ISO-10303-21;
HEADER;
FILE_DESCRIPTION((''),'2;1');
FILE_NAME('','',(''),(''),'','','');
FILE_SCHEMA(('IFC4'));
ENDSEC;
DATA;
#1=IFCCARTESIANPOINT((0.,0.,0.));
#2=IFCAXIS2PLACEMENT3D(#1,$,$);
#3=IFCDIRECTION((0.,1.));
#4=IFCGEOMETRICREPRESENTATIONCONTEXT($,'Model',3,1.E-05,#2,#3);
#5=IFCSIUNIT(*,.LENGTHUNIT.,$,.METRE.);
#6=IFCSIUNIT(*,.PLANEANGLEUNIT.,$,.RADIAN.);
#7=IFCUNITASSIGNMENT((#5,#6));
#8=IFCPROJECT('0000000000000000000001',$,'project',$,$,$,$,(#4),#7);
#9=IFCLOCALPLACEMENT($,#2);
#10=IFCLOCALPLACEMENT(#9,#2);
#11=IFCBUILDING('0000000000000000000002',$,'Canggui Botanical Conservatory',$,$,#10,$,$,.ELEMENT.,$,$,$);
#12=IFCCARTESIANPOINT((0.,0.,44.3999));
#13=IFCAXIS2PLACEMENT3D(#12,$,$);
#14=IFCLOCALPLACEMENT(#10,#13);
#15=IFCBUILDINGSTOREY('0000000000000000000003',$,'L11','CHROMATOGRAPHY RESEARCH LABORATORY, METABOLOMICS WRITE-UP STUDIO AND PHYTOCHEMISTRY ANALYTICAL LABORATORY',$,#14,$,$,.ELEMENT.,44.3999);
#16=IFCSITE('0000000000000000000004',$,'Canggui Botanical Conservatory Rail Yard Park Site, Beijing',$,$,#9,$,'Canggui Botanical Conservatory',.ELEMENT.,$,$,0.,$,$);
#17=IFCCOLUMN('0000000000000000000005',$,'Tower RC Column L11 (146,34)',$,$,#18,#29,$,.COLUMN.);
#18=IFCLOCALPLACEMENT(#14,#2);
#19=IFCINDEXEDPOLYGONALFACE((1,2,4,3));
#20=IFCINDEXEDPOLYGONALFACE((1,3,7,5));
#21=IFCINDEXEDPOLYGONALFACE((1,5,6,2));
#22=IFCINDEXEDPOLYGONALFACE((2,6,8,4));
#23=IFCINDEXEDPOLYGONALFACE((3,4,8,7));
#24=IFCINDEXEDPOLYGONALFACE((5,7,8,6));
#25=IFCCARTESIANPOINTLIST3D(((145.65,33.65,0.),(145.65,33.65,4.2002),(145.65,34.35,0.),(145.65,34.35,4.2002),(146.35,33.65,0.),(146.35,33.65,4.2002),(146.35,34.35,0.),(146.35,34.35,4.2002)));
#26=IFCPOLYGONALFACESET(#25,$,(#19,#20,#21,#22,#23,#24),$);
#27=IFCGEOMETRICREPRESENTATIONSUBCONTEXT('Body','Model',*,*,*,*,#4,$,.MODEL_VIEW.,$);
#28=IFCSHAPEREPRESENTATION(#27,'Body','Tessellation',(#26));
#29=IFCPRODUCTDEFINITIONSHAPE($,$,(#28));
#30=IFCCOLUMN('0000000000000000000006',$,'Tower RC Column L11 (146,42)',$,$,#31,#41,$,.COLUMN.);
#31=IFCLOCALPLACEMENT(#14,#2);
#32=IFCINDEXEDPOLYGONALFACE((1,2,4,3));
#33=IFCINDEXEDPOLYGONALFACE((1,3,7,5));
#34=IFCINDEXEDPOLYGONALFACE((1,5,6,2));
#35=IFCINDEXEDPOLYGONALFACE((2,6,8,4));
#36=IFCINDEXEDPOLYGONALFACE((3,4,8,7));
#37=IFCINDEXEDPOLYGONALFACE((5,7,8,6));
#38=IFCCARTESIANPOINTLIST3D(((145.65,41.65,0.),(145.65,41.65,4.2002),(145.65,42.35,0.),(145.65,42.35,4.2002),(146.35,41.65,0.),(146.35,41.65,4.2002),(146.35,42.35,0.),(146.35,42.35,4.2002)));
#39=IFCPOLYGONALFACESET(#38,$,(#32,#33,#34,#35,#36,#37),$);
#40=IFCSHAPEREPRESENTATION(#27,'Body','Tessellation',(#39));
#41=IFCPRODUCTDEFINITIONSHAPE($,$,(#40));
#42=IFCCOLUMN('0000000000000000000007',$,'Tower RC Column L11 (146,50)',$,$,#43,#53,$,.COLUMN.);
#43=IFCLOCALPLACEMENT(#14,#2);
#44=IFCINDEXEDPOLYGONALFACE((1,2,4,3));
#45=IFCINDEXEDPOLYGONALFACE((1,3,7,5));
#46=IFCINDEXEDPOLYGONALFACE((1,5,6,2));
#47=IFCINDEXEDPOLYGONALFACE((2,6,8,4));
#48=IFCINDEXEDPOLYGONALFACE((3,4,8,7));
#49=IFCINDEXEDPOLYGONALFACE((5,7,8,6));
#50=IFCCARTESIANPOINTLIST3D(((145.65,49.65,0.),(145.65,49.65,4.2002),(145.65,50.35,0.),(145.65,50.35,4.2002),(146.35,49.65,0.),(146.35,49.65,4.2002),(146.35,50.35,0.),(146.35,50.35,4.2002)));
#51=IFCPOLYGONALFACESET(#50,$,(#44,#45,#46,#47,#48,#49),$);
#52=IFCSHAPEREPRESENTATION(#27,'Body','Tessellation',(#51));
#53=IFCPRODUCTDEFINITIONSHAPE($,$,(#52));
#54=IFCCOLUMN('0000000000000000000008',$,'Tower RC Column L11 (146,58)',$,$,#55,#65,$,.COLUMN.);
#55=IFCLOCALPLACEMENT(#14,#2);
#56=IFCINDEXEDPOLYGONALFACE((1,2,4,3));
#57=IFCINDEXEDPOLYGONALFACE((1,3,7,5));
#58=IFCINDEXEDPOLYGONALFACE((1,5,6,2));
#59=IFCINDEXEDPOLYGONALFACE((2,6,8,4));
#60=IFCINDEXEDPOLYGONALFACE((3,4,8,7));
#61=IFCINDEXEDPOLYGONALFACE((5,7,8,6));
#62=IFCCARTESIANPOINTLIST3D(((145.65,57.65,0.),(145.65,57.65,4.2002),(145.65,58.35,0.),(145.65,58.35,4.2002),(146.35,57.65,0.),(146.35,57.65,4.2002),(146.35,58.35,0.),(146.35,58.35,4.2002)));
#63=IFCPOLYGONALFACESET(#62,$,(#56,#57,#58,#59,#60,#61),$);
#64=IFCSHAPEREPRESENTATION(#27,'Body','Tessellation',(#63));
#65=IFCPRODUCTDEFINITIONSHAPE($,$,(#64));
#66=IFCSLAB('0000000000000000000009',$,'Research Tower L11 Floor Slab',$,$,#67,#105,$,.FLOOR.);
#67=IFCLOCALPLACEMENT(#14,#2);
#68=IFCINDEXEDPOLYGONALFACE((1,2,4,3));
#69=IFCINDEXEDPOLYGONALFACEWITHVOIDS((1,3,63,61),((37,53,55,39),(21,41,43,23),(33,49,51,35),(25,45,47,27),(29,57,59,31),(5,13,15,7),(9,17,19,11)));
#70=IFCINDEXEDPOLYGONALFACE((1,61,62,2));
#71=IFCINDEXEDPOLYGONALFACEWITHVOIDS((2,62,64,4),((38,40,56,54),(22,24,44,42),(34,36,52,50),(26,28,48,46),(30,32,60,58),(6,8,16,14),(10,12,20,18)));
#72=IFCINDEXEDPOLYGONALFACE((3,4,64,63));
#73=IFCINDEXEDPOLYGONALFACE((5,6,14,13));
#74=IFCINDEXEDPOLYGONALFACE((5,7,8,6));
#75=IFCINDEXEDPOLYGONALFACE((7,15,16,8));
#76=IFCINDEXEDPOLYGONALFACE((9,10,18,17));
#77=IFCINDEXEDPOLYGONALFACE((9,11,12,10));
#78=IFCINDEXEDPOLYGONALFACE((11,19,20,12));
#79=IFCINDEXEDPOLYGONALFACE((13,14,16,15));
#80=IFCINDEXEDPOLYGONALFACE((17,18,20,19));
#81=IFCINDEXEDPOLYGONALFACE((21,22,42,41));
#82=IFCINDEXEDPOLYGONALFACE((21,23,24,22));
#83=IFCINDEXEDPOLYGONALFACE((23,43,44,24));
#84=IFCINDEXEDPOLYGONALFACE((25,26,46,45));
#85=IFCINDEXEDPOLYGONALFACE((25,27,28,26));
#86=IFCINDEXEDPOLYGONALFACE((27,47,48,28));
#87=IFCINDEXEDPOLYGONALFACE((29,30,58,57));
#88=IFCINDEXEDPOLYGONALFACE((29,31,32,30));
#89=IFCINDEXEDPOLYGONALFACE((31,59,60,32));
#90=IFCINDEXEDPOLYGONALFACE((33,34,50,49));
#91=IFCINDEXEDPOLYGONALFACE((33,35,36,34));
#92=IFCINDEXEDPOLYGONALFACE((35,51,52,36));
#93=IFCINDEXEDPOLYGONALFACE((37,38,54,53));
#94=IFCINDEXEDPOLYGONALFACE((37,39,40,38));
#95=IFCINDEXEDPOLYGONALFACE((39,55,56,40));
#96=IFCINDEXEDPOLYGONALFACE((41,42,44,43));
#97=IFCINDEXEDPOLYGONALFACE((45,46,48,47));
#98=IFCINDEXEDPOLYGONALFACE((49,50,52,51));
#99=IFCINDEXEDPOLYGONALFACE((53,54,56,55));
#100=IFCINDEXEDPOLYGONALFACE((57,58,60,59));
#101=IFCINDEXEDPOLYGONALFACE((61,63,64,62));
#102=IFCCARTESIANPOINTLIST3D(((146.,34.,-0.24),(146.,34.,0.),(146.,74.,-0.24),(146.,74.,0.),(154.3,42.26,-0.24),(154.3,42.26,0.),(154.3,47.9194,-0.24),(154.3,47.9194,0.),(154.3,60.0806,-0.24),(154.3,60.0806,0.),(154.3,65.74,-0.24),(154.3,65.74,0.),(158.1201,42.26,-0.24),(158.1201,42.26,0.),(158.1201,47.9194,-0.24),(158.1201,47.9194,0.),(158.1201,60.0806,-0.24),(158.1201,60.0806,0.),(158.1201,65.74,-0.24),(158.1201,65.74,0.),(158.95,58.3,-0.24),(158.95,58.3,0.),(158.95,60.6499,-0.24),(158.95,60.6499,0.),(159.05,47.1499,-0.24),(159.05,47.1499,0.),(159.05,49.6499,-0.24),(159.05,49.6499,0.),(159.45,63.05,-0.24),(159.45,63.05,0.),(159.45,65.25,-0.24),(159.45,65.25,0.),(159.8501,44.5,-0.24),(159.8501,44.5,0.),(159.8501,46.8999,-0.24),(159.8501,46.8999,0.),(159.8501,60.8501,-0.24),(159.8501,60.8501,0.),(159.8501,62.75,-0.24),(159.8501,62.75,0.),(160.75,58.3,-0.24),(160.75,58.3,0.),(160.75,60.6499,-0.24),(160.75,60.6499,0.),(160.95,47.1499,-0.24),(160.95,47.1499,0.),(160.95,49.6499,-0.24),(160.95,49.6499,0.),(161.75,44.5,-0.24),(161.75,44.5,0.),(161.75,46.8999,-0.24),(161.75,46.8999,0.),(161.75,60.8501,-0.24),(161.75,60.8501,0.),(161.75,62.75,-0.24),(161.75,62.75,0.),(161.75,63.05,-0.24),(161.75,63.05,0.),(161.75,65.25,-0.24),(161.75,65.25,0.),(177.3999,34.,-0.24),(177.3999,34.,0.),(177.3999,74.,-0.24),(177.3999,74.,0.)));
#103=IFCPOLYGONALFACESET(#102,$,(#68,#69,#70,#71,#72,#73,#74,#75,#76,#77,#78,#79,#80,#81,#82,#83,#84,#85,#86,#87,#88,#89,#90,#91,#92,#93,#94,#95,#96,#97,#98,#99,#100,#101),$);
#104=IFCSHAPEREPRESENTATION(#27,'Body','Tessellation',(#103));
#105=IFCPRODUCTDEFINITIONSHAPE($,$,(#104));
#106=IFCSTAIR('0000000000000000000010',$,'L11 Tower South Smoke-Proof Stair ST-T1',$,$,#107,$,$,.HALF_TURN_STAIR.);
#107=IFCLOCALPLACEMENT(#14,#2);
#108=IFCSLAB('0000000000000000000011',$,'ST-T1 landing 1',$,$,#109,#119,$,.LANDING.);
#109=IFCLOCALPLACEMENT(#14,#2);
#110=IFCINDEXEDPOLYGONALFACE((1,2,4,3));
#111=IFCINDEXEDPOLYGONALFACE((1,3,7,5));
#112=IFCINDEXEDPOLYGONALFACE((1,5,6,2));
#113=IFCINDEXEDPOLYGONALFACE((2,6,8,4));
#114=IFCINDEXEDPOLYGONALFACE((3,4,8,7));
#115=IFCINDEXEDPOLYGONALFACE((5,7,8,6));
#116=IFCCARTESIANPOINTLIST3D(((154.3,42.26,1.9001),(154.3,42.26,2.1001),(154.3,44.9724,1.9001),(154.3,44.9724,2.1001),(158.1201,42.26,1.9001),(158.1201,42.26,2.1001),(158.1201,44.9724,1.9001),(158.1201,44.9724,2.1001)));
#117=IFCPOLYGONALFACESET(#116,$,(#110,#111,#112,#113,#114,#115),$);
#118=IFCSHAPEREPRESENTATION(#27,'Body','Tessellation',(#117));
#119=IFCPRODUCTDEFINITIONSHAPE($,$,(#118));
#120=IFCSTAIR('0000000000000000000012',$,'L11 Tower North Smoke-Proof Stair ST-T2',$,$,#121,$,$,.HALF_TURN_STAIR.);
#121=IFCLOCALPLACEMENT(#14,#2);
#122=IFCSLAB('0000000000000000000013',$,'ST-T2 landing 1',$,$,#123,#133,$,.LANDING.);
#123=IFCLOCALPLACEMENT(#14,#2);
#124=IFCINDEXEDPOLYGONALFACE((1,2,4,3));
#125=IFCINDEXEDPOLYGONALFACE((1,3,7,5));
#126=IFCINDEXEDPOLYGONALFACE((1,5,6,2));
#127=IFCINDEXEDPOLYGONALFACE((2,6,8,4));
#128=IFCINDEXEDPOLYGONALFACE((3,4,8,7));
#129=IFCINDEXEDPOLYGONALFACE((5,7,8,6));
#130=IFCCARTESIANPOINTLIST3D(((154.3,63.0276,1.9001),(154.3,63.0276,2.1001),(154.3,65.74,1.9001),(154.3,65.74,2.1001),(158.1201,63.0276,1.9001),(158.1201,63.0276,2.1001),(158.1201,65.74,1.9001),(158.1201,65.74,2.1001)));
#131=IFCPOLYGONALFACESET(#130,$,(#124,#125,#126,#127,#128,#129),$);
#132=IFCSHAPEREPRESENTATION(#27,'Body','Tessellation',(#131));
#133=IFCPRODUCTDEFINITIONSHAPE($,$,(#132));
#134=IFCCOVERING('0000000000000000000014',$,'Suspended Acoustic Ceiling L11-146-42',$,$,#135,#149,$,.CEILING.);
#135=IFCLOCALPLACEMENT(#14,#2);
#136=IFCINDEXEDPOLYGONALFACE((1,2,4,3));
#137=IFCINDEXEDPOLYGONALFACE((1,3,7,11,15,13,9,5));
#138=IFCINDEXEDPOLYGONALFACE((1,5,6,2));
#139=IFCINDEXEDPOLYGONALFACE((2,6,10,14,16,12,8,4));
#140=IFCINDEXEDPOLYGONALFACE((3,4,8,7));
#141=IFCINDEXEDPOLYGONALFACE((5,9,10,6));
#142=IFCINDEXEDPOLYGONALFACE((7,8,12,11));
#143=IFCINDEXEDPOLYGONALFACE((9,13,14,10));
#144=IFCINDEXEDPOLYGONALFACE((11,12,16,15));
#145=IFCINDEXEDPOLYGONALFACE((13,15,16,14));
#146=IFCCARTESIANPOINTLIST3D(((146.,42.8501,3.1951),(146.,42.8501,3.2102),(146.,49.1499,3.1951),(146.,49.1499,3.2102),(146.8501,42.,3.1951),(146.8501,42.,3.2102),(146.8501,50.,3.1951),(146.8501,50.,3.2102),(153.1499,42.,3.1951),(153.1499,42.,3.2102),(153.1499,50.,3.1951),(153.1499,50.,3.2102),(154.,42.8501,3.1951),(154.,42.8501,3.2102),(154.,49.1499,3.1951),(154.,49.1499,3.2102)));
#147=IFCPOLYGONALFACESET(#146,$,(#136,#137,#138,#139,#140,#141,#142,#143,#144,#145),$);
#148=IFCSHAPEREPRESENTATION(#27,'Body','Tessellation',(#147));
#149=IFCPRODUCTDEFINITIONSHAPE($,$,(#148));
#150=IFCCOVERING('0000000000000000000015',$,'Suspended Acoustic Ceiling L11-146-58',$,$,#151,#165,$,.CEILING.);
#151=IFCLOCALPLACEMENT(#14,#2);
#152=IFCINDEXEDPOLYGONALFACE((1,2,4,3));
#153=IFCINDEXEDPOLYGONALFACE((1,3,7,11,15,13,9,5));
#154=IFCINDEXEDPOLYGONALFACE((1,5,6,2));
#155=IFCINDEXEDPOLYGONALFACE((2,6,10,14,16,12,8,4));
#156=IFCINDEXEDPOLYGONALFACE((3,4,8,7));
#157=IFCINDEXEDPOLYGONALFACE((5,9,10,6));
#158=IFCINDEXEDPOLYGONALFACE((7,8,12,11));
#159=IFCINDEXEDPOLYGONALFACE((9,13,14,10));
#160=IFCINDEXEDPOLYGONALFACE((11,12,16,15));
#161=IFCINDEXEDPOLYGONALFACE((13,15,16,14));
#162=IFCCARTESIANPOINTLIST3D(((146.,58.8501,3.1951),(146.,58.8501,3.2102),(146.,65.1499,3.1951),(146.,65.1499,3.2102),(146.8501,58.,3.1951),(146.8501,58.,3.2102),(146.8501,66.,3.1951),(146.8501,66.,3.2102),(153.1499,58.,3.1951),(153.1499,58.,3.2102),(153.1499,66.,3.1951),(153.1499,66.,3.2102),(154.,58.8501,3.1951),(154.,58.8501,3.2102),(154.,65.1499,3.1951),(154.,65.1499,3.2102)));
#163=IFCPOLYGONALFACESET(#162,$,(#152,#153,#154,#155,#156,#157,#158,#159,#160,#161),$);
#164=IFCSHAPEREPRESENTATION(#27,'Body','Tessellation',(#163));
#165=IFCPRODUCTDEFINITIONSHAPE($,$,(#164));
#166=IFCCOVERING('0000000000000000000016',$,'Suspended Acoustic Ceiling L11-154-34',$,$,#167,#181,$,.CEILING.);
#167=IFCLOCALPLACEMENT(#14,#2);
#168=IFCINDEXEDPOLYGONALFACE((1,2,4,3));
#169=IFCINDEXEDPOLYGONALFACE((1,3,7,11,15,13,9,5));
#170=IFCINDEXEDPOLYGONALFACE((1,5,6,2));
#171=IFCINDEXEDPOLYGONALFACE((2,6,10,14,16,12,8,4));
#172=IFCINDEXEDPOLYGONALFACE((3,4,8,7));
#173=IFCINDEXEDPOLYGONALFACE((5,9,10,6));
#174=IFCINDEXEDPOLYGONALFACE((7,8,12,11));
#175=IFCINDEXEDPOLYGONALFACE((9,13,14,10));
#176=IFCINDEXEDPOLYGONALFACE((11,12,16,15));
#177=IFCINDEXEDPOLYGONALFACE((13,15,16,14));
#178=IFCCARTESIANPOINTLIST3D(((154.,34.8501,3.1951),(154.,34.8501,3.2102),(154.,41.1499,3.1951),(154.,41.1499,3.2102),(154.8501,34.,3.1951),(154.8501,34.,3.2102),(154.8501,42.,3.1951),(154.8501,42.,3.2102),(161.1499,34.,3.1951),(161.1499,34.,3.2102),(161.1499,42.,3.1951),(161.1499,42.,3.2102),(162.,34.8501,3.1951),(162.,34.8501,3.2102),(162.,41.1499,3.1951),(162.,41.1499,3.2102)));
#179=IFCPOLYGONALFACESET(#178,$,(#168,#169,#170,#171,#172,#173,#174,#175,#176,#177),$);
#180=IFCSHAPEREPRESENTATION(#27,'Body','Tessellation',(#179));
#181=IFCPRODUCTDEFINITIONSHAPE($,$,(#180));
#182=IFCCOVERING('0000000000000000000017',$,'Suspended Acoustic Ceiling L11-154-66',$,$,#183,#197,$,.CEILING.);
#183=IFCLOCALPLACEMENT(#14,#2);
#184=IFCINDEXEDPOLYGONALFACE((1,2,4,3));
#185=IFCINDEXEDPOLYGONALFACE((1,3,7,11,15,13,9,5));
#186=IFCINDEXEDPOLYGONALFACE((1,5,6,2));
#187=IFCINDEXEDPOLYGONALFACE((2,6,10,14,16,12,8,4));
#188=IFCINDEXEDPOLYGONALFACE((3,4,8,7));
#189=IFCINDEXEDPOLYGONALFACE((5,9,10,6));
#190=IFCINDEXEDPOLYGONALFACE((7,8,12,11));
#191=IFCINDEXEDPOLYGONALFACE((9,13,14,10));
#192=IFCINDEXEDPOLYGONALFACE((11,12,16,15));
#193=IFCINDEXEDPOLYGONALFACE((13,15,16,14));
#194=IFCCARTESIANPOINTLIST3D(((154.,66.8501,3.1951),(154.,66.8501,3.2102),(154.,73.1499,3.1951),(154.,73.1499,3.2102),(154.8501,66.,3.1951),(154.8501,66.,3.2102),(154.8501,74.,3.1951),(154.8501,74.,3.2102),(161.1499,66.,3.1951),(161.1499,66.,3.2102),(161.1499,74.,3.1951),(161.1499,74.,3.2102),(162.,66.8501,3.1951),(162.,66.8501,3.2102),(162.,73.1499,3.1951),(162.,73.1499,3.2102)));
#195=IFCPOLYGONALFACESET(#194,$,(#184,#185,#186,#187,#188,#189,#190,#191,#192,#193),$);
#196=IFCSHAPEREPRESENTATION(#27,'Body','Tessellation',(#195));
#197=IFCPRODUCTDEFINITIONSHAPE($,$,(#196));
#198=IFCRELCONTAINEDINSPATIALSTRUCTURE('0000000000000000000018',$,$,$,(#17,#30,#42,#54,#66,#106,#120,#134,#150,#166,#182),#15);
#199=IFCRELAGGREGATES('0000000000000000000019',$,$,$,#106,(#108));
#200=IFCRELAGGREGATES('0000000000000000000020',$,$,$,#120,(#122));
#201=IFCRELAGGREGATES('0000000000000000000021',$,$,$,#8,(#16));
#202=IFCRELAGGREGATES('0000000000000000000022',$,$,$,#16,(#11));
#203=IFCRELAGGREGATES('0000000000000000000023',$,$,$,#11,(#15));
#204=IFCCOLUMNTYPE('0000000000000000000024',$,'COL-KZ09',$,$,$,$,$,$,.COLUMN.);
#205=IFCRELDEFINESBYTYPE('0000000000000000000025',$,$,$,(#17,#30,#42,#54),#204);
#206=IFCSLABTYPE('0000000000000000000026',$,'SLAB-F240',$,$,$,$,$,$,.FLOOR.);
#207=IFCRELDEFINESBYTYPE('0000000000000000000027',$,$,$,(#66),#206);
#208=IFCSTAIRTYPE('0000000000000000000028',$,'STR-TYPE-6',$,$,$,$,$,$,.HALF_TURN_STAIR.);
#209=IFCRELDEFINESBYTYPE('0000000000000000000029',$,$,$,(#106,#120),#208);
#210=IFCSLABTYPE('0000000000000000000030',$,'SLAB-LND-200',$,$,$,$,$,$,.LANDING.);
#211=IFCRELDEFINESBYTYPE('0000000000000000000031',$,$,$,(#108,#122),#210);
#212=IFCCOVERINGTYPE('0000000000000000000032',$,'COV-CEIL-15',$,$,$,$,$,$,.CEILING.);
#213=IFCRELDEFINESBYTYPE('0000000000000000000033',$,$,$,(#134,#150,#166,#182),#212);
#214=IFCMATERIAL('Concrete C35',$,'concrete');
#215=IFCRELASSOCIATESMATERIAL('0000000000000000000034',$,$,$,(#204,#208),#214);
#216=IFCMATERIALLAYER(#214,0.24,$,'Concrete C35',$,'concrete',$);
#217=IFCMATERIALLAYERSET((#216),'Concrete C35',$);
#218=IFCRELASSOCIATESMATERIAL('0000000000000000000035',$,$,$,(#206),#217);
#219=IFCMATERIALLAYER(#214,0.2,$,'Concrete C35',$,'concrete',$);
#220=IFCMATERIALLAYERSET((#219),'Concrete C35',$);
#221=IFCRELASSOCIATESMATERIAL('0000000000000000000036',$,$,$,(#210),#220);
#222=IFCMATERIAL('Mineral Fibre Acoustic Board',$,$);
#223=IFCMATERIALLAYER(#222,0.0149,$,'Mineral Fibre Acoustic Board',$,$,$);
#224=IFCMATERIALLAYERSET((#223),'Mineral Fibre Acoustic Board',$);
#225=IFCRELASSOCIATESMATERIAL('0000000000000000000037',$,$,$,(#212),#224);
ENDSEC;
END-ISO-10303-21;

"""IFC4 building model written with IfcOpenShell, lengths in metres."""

from ifc_helpers import new_model, si_unit, direction, frame, origin, origin_2d, place, context, subcontext, project, spatial, polyline, rectangle, outline, extrude, material, layer, layer_set, material_profile, profile_set, type_object, element, aggregate, save


model = new_model("IFC4")

# Units and contexts
model_context = context("Model", 3, precision=1e-05, world=origin(), true_north=direction((0.0, 1.0)))
body_context = subcontext(model_context, "Body", "Model", "MODEL_VIEW")
ifc_project = project(units=[si_unit("LENGTHUNIT", "METRE"), si_unit("PLANEANGLEUNIT", "RADIAN")], contexts=[model_context])

# Site, building, storey
site_placement = place(None, origin())
site = spatial("IfcSite", under=ifc_project, at=site_placement, Name="Canggui Botanical Conservatory Rail Yard Park Site, Beijing", LongName="Canggui Botanical Conservatory", CompositionType="ELEMENT", RefElevation=0.0)
building_placement = place(site_placement, origin())
building = spatial("IfcBuilding", under=site, at=building_placement, Name="Canggui Botanical Conservatory", CompositionType="ELEMENT")
storey_placement = place(building_placement, frame((0.0, 0.0, 44.3999)))
storey = spatial("IfcBuildingStorey", under=building, at=storey_placement, Name="L11", Description="CHROMATOGRAPHY RESEARCH LABORATORY, METABOLOMICS WRITE-UP STUDIO AND PHYTOCHEMISTRY ANALYTICAL LABORATORY", CompositionType="ELEMENT", Elevation=44.3999)

# Columns
ifc_material_1 = material(Name="Concrete C35", Category="concrete")
ifc_material_profile = material_profile(ifc_material_1, rectangle(XDim=0.7, YDim=0.7, at=origin_2d()), Name="RC 700x700")
ifc_profile_set = profile_set([ifc_material_profile], Name="Concrete C35")
column_type = type_object("IfcColumnType", Name="COL-KZ09", PredefinedType="COLUMN", material=ifc_profile_set)
for number, where, z_axis, x_axis, name in (
    (1, (146.0, 34.0, 0.0), (0.0, 0.0, 1.0), (1.0, 0.0, 0.0), "Tower RC Column L11 (146,34)"),
    (2, (146.0, 42.0, 0.0), (0.0, 0.0, 1.0), (1.0, 0.0, 0.0), "Tower RC Column L11 (146,42)"),
    (3, (146.0, 50.0, 0.0), (0.0, 0.0, 1.0), (1.0, 0.0, 0.0), "Tower RC Column L11 (146,50)"),
    (4, (146.0, 58.0, 0.0), (0.0, 0.0, 1.0), (1.0, 0.0, 0.0), "Tower RC Column L11 (146,58)"),
):
    element("IfcColumn", number, at=place(storey_placement, frame(where, z_axis=z_axis, x_axis=x_axis)), inside=storey, type_object=column_type, Name=name, PredefinedType="COLUMN", context=body_context, shape_type="SweptSolid", body=[
        extrude(rectangle(XDim=0.7, YDim=0.7, at=origin_2d()), origin(), (0.0, 0.0, 1.0), 4.2002),
    ])

# Slab
ifc_layer_1 = layer(ifc_material_1, 0.24, Name="Concrete C35", Category="concrete")
ifc_layer_set_1 = layer_set([ifc_layer_1], Name="Concrete C35")
slab_type_1 = type_object("IfcSlabType", Name="SLAB-F240", PredefinedType="FLOOR", material=ifc_layer_set_1)
slab_1_placement = place(storey_placement, frame((0.0, 0.0, -0.24)))
element("IfcSlab", 5, at=slab_1_placement, inside=storey, type_object=slab_type_1, Name="Research Tower L11 Floor Slab", PredefinedType="FLOOR", context=body_context, shape_type="SweptSolid", body=[
    extrude(outline(polyline([(146.0, 34.0), (177.3999, 34.0), (177.3999, 74.0), (146.0, 74.0), (146.0, 34.0)]), holes=[polyline([(154.3, 47.9194), (154.3, 42.26), (158.1201, 42.26), (158.1201, 47.9194), (154.3, 47.9194)]), polyline([(158.1201, 60.0806), (158.1201, 65.74), (154.3, 65.74), (154.3, 60.0806), (158.1201, 60.0806)]), polyline([(159.05, 47.1499), (160.95, 47.1499), (160.95, 49.6499), (159.05, 49.6499), (159.05, 47.1499)]), polyline([(159.8501, 44.5), (161.75, 44.5), (161.75, 46.8999), (159.8501, 46.8999), (159.8501, 44.5)]), polyline([(158.95, 58.3), (160.75, 58.3), (160.75, 60.6499), (158.95, 60.6499), (158.95, 58.3)]), polyline([(159.8501, 60.8501), (161.75, 60.8501), (161.75, 62.75), (159.8501, 62.75), (159.8501, 60.8501)]), polyline([(159.45, 63.05), (161.75, 63.05), (161.75, 65.25), (159.45, 65.25), (159.45, 63.05)])]), origin(), (0.0, 0.0, 1.0), 0.24),
])

# Stairs, slabs
stair_type = type_object("IfcStairType", Name="STR-TYPE-6", PredefinedType="HALF_TURN_STAIR", material=ifc_material_1)
stair_1_placement = place(storey_placement, origin())
stair_1 = element("IfcStair", 6, at=stair_1_placement, inside=storey, type_object=stair_type, Name="L11 Tower South Smoke-Proof Stair ST-T1", PredefinedType="HALF_TURN_STAIR")
ifc_layer_2 = layer(ifc_material_1, 0.2, Name="Concrete C35", Category="concrete")
ifc_layer_set_2 = layer_set([ifc_layer_2], Name="Concrete C35")
slab_type_2 = type_object("IfcSlabType", Name="SLAB-LND-200", PredefinedType="LANDING", material=ifc_layer_set_2)
slab_2_placement = place(storey_placement, frame((0.0, 0.0, 1.9001)))
slab_2 = element("IfcSlab", 7, at=slab_2_placement, type_object=slab_type_2, Name="ST-T1 landing 1", PredefinedType="LANDING", context=body_context, shape_type="SweptSolid", body=[
    extrude(outline(polyline([(154.3, 44.9724), (154.3, 42.26), (158.1201, 42.26), (158.1201, 44.9724), (154.3, 44.9724)])), origin(), (0.0, 0.0, 1.0), 0.2),
])
aggregate(stair_1, [slab_2])
stair_2_placement = place(storey_placement, origin())
stair_2 = element("IfcStair", 8, at=stair_2_placement, inside=storey, type_object=stair_type, Name="L11 Tower North Smoke-Proof Stair ST-T2", PredefinedType="HALF_TURN_STAIR")
slab_3_placement = place(storey_placement, frame((0.0, 0.0, 1.9001)))
slab_3 = element("IfcSlab", 9, at=slab_3_placement, type_object=slab_type_2, Name="ST-T2 landing 1", PredefinedType="LANDING", context=body_context, shape_type="SweptSolid", body=[
    extrude(outline(polyline([(158.1201, 63.0276), (158.1201, 65.74), (154.3, 65.74), (154.3, 63.0276), (158.1201, 63.0276)])), origin(), (0.0, 0.0, 1.0), 0.2),
])
aggregate(stair_2, [slab_3])

# Coverings
ifc_material_2 = material(Name="Mineral Fibre Acoustic Board")
ifc_layer_3 = layer(ifc_material_2, 0.0149, Name="Mineral Fibre Acoustic Board")
ifc_layer_set_3 = layer_set([ifc_layer_3], Name="Mineral Fibre Acoustic Board")
covering_type_1 = type_object("IfcCoveringType", Name="COV-CEIL-15", PredefinedType="CEILING", material=ifc_layer_set_3)
covering_1_placement = place(storey_placement, frame((0.0, 0.0, 3.1951)))
element("IfcCovering", 10, at=covering_1_placement, inside=storey, type_object=covering_type_1, Name="Suspended Acoustic Ceiling L11-146-42", PredefinedType="CEILING", context=body_context, shape_type="SweptSolid", body=[
    extrude(outline(polyline([(146.8501, 42.0), (153.1499, 42.0), (154.0, 42.8501), (154.0, 49.1499), (153.1499, 50.0), (146.8501, 50.0), (146.0, 49.1499), (146.0, 42.8501), (146.8501, 42.0)])), origin(), (0.0, 0.0, 1.0), 0.0151),
])
covering_2_placement = place(storey_placement, frame((0.0, 0.0, 3.1951)))
element("IfcCovering", 11, at=covering_2_placement, inside=storey, type_object=covering_type_1, Name="Suspended Acoustic Ceiling L11-146-58", PredefinedType="CEILING", context=body_context, shape_type="SweptSolid", body=[
    extrude(outline(polyline([(146.8501, 58.0), (153.1499, 58.0), (154.0, 58.8501), (154.0, 65.1499), (153.1499, 66.0), (146.8501, 66.0), (146.0, 65.1499), (146.0, 58.8501), (146.8501, 58.0)])), origin(), (0.0, 0.0, 1.0), 0.0151),
])
covering_3_placement = place(storey_placement, frame((0.0, 0.0, 3.1951)))
element("IfcCovering", 12, at=covering_3_placement, inside=storey, type_object=covering_type_1, Name="Suspended Acoustic Ceiling L11-154-34", PredefinedType="CEILING", context=body_context, shape_type="SweptSolid", body=[
    extrude(outline(polyline([(154.8501, 34.0), (161.1499, 34.0), (162.0, 34.8501), (162.0, 41.1499), (161.1499, 42.0), (154.8501, 42.0), (154.0, 41.1499), (154.0, 34.8501), (154.8501, 34.0)])), origin(), (0.0, 0.0, 1.0), 0.0151),
])
covering_4_placement = place(storey_placement, frame((0.0, 0.0, 3.1951)))
element("IfcCovering", 13, at=covering_4_placement, inside=storey, type_object=covering_type_1, Name="Suspended Acoustic Ceiling L11-154-66", PredefinedType="CEILING", context=body_context, shape_type="SweptSolid", body=[
    extrude(outline(polyline([(154.8501, 66.0), (161.1499, 66.0), (162.0, 66.8501), (162.0, 73.1499), (161.1499, 74.0), (154.8501, 74.0), (154.0, 73.1499), (154.0, 66.8501), (154.8501, 66.0)])), origin(), (0.0, 0.0, 1.0), 0.0151),
])

save(model, "model.ifc")
